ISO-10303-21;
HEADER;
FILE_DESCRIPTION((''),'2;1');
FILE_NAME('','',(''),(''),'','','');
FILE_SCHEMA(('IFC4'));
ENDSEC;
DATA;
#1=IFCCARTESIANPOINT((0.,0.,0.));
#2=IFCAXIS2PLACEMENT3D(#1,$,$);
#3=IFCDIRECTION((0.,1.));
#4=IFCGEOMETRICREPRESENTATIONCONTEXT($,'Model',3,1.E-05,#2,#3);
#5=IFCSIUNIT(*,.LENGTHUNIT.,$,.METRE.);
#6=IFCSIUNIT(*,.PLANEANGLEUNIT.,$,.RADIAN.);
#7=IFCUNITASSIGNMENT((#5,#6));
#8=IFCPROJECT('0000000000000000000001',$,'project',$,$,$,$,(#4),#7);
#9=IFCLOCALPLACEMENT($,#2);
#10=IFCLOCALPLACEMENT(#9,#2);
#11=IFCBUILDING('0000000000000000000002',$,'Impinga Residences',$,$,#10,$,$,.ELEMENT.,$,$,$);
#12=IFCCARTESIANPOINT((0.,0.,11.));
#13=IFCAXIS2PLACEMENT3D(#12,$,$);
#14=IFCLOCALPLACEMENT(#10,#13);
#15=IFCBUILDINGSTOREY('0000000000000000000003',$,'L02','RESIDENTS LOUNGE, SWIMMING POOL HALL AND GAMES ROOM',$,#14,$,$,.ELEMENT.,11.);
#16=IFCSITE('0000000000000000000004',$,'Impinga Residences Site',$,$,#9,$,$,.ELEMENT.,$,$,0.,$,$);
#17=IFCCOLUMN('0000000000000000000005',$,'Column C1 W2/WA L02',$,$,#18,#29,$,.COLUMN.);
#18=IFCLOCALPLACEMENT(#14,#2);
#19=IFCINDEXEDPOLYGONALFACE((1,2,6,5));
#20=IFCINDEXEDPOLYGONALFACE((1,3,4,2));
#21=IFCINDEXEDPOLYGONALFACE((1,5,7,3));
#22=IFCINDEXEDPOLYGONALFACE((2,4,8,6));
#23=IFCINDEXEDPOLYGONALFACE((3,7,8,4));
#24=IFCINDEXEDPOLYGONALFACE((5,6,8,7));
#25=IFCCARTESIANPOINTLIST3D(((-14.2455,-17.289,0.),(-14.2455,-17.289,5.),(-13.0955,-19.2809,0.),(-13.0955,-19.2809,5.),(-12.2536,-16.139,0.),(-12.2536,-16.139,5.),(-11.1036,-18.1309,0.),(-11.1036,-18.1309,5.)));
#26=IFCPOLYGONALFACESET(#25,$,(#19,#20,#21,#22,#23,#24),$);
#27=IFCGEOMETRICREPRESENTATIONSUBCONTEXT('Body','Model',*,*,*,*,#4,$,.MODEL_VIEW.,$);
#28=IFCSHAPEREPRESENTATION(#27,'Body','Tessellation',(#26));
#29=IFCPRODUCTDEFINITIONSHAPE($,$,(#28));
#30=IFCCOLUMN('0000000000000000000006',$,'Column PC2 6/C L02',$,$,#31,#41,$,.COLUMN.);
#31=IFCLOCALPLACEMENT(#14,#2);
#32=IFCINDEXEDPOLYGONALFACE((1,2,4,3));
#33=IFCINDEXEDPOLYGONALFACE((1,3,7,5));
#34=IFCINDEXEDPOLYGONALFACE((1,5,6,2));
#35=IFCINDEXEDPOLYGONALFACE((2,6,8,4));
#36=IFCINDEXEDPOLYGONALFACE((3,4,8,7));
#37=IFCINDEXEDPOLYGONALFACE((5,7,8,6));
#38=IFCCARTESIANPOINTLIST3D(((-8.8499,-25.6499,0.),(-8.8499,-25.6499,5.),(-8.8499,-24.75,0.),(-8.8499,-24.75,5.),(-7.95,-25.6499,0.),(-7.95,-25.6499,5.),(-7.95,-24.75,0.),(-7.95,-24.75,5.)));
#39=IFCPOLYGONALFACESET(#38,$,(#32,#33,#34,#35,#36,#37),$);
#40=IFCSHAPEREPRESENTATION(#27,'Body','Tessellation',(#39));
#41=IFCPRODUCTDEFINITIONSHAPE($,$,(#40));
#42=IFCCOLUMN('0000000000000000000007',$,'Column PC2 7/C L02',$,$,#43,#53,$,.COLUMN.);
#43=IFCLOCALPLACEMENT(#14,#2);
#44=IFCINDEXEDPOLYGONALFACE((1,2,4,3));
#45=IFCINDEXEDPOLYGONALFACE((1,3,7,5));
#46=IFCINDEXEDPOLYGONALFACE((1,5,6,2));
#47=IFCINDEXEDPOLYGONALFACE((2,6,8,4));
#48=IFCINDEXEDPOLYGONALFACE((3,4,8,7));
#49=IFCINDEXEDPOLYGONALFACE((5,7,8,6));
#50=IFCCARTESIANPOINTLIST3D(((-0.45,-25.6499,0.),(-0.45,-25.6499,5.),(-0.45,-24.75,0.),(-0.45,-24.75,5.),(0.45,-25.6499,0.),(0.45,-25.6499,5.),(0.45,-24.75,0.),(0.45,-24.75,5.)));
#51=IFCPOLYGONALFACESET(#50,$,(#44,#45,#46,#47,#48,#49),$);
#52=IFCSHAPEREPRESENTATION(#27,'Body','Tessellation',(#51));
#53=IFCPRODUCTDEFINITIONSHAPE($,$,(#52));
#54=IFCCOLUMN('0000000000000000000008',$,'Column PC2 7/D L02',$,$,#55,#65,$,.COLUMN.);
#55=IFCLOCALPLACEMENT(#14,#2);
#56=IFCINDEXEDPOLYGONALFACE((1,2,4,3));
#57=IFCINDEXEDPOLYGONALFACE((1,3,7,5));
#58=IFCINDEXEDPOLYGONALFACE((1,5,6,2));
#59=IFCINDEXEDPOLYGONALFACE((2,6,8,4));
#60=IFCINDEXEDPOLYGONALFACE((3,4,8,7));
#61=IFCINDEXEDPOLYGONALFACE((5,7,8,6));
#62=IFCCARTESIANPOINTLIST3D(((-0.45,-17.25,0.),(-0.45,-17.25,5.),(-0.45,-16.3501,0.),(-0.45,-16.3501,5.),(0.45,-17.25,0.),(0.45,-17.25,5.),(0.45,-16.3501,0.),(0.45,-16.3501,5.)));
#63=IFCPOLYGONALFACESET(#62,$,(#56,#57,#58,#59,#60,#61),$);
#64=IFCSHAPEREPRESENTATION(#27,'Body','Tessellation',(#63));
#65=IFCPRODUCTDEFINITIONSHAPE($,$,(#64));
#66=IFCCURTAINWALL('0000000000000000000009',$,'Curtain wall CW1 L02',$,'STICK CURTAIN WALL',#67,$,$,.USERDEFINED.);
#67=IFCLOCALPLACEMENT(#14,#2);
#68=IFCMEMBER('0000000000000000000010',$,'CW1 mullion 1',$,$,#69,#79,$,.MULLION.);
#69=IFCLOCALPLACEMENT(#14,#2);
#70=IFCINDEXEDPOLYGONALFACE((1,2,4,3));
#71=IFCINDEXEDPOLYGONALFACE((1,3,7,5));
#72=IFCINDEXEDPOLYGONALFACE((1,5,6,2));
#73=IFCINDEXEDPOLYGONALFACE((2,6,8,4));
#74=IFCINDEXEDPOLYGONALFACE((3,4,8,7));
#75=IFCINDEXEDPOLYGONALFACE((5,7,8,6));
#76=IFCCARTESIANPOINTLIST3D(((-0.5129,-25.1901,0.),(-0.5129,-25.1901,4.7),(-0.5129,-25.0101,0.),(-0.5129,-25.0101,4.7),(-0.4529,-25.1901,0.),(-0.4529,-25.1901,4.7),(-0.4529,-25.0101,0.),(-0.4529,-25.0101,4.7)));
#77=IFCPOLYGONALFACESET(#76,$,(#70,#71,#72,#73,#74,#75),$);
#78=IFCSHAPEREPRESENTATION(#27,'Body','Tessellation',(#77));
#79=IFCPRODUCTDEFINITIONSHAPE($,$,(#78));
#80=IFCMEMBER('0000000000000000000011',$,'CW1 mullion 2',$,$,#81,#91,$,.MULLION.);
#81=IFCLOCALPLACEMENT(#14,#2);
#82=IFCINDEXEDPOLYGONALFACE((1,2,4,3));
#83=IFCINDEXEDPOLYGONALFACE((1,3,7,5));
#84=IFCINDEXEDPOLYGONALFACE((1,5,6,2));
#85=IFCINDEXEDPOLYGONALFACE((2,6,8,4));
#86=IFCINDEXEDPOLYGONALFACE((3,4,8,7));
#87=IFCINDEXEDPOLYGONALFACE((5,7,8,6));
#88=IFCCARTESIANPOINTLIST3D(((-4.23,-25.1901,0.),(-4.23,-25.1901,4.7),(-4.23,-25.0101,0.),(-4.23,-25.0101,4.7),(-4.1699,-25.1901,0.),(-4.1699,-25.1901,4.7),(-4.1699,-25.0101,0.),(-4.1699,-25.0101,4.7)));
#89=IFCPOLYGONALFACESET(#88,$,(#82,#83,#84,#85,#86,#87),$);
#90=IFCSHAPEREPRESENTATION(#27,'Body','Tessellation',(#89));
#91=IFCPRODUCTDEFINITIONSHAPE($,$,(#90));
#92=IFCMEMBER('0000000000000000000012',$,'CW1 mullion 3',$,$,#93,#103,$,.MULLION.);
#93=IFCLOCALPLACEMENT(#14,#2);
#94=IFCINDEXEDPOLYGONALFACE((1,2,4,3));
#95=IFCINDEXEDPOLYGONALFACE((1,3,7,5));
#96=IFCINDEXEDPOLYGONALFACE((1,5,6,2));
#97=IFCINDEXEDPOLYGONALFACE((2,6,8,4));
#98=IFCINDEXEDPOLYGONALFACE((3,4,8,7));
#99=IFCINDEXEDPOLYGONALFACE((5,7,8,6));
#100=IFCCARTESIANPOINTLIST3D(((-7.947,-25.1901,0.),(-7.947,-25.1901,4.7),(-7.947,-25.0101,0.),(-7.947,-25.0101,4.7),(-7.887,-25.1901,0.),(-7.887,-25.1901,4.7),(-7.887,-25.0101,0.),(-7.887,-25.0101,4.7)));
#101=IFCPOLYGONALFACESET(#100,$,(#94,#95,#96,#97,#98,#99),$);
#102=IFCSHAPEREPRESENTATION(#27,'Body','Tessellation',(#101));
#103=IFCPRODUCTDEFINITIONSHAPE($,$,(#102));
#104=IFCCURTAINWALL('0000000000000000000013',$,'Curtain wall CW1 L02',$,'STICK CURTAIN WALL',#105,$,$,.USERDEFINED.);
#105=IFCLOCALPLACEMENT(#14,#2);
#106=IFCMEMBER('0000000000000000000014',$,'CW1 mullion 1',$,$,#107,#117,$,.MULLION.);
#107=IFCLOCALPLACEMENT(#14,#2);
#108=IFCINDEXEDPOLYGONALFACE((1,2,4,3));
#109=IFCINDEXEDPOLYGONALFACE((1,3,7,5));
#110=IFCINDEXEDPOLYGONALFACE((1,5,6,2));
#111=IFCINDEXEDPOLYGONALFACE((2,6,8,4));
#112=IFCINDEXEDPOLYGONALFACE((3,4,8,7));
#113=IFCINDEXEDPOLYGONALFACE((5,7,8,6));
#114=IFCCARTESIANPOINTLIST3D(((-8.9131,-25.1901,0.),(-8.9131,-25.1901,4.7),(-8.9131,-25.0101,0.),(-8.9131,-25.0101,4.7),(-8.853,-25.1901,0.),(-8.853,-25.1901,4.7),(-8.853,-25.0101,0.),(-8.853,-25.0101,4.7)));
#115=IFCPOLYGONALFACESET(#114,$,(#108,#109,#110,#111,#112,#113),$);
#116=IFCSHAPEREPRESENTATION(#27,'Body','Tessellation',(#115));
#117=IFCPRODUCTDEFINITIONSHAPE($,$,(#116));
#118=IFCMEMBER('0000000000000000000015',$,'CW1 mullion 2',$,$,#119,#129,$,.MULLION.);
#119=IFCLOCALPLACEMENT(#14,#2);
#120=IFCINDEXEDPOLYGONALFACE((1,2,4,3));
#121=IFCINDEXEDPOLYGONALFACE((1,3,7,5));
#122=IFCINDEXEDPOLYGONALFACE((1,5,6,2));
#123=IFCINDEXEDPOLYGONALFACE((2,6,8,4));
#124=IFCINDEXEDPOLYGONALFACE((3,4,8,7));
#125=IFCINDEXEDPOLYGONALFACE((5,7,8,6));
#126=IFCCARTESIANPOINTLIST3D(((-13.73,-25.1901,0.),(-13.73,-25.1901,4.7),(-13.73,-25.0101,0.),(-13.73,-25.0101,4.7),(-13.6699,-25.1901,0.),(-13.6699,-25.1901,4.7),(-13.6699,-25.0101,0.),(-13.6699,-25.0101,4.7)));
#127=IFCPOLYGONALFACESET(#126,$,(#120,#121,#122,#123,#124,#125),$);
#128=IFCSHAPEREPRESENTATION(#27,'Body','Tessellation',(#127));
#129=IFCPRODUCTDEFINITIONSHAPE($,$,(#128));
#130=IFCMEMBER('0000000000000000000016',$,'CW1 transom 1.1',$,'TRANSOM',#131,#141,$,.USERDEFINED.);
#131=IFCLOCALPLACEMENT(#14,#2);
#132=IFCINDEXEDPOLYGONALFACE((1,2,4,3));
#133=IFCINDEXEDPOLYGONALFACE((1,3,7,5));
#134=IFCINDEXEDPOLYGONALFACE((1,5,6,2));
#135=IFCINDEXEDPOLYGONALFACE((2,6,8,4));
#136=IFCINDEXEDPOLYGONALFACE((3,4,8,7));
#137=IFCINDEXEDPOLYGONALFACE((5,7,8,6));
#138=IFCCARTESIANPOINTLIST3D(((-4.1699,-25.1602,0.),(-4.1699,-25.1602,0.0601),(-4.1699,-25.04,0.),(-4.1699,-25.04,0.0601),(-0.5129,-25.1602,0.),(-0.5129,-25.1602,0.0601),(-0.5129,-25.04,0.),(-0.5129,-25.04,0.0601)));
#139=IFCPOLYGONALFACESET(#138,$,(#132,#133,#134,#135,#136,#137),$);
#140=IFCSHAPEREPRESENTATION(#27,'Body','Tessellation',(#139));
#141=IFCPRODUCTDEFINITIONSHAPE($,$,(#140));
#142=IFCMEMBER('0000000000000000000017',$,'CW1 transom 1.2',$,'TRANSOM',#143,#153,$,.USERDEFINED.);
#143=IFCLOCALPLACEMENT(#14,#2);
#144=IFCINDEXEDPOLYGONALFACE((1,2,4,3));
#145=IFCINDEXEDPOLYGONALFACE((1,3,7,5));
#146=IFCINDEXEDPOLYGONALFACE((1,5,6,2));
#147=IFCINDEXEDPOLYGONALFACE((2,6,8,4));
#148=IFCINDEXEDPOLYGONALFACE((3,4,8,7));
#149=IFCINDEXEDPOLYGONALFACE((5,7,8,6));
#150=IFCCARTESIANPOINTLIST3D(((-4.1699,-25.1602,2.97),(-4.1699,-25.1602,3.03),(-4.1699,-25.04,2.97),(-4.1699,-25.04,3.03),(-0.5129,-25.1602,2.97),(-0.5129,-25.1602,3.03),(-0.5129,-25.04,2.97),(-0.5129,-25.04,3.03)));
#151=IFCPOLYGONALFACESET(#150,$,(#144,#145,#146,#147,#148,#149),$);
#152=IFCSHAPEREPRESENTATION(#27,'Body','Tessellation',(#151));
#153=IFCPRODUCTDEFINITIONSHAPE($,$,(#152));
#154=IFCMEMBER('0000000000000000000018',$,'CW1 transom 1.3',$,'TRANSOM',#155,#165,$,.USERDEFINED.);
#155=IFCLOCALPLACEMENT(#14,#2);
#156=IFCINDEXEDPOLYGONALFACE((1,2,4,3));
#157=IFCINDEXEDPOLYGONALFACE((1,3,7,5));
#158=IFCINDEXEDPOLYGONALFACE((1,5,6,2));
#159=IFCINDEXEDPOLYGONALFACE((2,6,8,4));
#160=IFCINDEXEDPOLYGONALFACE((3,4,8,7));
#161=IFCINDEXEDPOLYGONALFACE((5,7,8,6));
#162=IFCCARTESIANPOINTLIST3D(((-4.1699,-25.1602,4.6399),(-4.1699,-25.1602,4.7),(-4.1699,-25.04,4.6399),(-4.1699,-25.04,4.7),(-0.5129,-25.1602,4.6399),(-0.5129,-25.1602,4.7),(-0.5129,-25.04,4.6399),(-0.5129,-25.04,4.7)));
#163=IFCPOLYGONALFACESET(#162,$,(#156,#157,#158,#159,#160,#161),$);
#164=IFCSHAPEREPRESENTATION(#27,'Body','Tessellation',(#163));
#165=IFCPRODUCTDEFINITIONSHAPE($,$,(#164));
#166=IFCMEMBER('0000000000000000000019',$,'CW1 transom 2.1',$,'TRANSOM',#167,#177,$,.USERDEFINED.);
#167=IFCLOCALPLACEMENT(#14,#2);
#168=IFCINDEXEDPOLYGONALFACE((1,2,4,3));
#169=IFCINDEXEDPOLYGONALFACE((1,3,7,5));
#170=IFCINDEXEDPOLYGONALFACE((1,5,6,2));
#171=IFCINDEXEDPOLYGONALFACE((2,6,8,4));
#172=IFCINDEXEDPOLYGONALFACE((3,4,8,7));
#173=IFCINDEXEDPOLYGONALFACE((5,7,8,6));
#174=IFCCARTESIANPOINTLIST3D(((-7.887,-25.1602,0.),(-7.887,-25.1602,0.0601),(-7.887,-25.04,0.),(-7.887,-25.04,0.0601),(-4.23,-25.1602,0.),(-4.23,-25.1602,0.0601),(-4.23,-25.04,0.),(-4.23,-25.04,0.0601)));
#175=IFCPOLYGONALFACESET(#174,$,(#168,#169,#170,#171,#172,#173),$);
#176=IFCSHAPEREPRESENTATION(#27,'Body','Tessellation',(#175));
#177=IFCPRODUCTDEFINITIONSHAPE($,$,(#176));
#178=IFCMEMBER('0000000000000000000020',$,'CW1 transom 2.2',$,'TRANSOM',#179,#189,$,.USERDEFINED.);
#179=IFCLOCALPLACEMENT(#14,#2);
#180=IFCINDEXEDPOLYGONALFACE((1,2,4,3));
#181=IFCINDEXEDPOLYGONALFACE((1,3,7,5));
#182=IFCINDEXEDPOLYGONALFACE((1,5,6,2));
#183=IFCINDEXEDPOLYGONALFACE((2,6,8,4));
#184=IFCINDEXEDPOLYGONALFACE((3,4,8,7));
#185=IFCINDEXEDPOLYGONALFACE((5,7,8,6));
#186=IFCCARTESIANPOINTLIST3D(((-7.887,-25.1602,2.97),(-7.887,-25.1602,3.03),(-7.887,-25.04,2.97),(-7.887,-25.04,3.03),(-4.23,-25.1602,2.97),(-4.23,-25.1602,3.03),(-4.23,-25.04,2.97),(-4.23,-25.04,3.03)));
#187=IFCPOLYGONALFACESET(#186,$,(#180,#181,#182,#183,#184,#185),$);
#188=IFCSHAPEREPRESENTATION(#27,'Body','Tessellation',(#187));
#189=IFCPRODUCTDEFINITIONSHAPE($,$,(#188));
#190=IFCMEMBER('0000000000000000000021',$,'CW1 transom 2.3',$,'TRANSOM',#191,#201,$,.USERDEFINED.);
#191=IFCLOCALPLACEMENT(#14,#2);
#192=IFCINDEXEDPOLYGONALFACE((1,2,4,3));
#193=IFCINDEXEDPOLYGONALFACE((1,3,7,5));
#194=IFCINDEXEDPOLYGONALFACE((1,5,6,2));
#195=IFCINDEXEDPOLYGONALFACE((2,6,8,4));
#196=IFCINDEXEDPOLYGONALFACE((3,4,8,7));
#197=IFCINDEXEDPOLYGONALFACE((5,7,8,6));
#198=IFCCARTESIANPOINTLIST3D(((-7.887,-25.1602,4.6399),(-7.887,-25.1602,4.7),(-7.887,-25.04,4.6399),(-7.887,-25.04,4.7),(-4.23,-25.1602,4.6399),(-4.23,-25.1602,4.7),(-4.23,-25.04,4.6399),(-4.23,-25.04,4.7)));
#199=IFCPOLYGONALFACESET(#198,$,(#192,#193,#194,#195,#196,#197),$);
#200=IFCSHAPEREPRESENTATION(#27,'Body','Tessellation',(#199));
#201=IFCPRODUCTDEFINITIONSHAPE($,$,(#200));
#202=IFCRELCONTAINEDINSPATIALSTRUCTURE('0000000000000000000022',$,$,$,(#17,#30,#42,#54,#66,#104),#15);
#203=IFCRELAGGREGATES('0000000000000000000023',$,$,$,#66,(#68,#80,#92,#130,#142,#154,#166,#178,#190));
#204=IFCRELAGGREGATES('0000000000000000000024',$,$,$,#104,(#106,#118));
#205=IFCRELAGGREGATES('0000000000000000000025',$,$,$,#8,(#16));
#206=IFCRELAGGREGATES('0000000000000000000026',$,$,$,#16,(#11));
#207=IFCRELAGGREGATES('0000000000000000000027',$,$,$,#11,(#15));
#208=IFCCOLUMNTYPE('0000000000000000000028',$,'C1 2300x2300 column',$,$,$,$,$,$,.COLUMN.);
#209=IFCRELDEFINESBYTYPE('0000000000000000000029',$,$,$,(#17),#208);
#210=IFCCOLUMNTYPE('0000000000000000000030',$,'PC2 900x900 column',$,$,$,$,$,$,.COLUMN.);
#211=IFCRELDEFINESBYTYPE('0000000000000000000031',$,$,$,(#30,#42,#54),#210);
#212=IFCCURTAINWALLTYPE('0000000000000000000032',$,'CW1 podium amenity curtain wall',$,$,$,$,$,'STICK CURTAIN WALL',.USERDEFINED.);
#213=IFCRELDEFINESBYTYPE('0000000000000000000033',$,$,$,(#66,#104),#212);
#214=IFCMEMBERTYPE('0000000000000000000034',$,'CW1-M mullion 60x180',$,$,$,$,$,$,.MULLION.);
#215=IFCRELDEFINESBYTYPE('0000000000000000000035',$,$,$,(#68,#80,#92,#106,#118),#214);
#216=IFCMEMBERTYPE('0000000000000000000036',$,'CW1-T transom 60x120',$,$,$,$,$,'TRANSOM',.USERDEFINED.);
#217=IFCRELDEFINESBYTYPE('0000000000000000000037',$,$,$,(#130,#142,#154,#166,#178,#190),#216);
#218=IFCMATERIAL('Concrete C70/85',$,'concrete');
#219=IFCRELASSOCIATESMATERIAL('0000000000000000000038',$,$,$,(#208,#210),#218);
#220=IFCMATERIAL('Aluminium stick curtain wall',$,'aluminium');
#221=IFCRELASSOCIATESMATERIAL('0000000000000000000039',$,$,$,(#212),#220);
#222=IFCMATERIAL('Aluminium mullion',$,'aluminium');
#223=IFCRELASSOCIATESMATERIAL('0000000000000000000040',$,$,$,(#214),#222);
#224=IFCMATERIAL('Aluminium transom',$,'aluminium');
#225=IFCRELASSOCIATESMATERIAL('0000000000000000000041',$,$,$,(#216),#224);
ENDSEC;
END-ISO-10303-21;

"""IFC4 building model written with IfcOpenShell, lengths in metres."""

from ifc_helpers import new_model, si_unit, direction, frame, origin, origin_2d, place, context, subcontext, project, spatial, rectangle, extrude, material, material_profile, profile_set, type_object, element, aggregate, save


model = new_model("IFC4")

# Units and contexts
model_context = context("Model", 3, precision=1e-05, world=origin(), true_north=direction((0.0, 1.0)))
body_context = subcontext(model_context, "Body", "Model", "MODEL_VIEW")
ifc_project = project(units=[si_unit("LENGTHUNIT", "METRE"), si_unit("PLANEANGLEUNIT", "RADIAN")], contexts=[model_context])

# Site, building, storey
site_placement = place(None, origin())
site = spatial("IfcSite", under=ifc_project, at=site_placement, Name="Impinga Residences Site", CompositionType="ELEMENT", RefElevation=0.0)
building_placement = place(site_placement, origin())
building = spatial("IfcBuilding", under=site, at=building_placement, Name="Impinga Residences", CompositionType="ELEMENT")
storey_placement = place(building_placement, frame((0.0, 0.0, 11.0)))
storey = spatial("IfcBuildingStorey", under=building, at=storey_placement, Name="L02", Description="RESIDENTS LOUNGE, SWIMMING POOL HALL AND GAMES ROOM", CompositionType="ELEMENT", Elevation=11.0)

# Columns
ifc_material_1 = material(Name="Concrete C70/85", Category="concrete")
ifc_material_profile_1 = material_profile(ifc_material_1, rectangle(XDim=2.3, YDim=2.3, at=origin_2d()), Name="RC 2300x2300")
ifc_profile_set_1 = profile_set([ifc_material_profile_1], Name="Concrete C70/85")
column_type_1 = type_object("IfcColumnType", Name="C1 2300x2300 column", PredefinedType="COLUMN", material=ifc_profile_set_1)
column_placement = place(storey_placement, frame((-12.6746, -17.71, 0.0), z_axis=(0.0, 0.0, 1.0), x_axis=(-0.5, 0.866025, 0.0)))
element("IfcColumn", 1, at=column_placement, inside=storey, type_object=column_type_1, Name="Column C1 W2/WA L02", PredefinedType="COLUMN", context=body_context, shape_type="SweptSolid", body=[
    extrude(rectangle(XDim=2.3, YDim=2.3, at=origin_2d()), origin(), (0.0, 0.0, 1.0), 5.0),
])
ifc_material_profile_2 = material_profile(ifc_material_1, rectangle(XDim=0.8999, YDim=0.8999, at=origin_2d()), Name="RC 900x900")
ifc_profile_set_2 = profile_set([ifc_material_profile_2], Name="Concrete C70/85")
column_type_2 = type_object("IfcColumnType", Name="PC2 900x900 column", PredefinedType="COLUMN", material=ifc_profile_set_2)
for number, where, z_axis, x_axis, name in (
    (2, (-8.3999, -25.2, 0.0), (0.0, 0.0, 1.0), (1.0, 0.0, 0.0), "Column PC2 6/C L02"),
    (3, (0.0, -25.2, 0.0), (0.0, 0.0, 1.0), (1.0, 0.0, 0.0), "Column PC2 7/C L02"),
    (4, (0.0, -16.8, 0.0), (0.0, 0.0, 1.0), (1.0, 0.0, 0.0), "Column PC2 7/D L02"),
):
    element("IfcColumn", number, at=place(storey_placement, frame(where, z_axis=z_axis, x_axis=x_axis)), inside=storey, type_object=column_type_2, Name=name, PredefinedType="COLUMN", context=body_context, shape_type="SweptSolid", body=[
        extrude(rectangle(XDim=0.8999, YDim=0.8999, at=origin_2d()), origin(), (0.0, 0.0, 1.0), 5.0),
    ])

# Curtain walls, members
ifc_material_2 = material(Name="Aluminium stick curtain wall", Category="aluminium")
curtain_wall_type = type_object("IfcCurtainWallType", Name="CW1 podium amenity curtain wall", ElementType="STICK CURTAIN WALL", PredefinedType="USERDEFINED", material=ifc_material_2)
curtain_wall_1_placement = place(storey_placement, origin())
curtain_wall_1 = element("IfcCurtainWall", 5, at=curtain_wall_1_placement, inside=storey, type_object=curtain_wall_type, Name="Curtain wall CW1 L02", ObjectType="STICK CURTAIN WALL", PredefinedType="USERDEFINED")
ifc_material_3 = material(Name="Aluminium mullion", Category="aluminium")
ifc_material_profile_3 = material_profile(ifc_material_3, rectangle(XDim=0.0601, YDim=0.1799, at=origin_2d()), Name="60x180 mullion")
ifc_profile_set_3 = profile_set([ifc_material_profile_3], Name="Aluminium mullion")
member_type_1 = type_object("IfcMemberType", Name="CW1-M mullion 60x180", PredefinedType="MULLION", material=ifc_profile_set_3)
member_1_placement = place(storey_placement, frame((-0.4829, -25.1001, 0.0), z_axis=(0.0, 0.0, 1.0), x_axis=(-1.0, 0.0, 0.0)))
member_1 = element("IfcMember", 6, at=member_1_placement, type_object=member_type_1, Name="CW1 mullion 1", PredefinedType="MULLION", context=body_context, shape_type="SweptSolid", body=[
    extrude(rectangle(XDim=0.0601, YDim=0.1799, at=origin_2d()), origin(), (0.0, 0.0, 1.0), 4.7),
])
member_2_placement = place(storey_placement, frame((-4.2, -25.1001, 0.0), z_axis=(0.0, 0.0, 1.0), x_axis=(-1.0, 0.0, 0.0)))
member_2 = element("IfcMember", 7, at=member_2_placement, type_object=member_type_1, Name="CW1 mullion 2", PredefinedType="MULLION", context=body_context, shape_type="SweptSolid", body=[
    extrude(rectangle(XDim=0.0601, YDim=0.1799, at=origin_2d()), origin(), (0.0, 0.0, 1.0), 4.7),
])
member_3_placement = place(storey_placement, frame((-7.917, -25.1001, 0.0), z_axis=(0.0, 0.0, 1.0), x_axis=(-1.0, 0.0, 0.0)))
member_3 = element("IfcMember", 8, at=member_3_placement, type_object=member_type_1, Name="CW1 mullion 3", PredefinedType="MULLION", context=body_context, shape_type="SweptSolid", body=[
    extrude(rectangle(XDim=0.0601, YDim=0.1799, at=origin_2d()), origin(), (0.0, 0.0, 1.0), 4.7),
])
curtain_wall_2_placement = place(storey_placement, origin())
curtain_wall_2 = element("IfcCurtainWall", 9, at=curtain_wall_2_placement, inside=storey, type_object=curtain_wall_type, Name="Curtain wall CW1 L02", ObjectType="STICK CURTAIN WALL", PredefinedType="USERDEFINED")
member_4_placement = place(storey_placement, frame((-8.8831, -25.1001, 0.0), z_axis=(0.0, 0.0, 1.0), x_axis=(-1.0, 0.0, 0.0)))
member_4 = element("IfcMember", 10, at=member_4_placement, type_object=member_type_1, Name="CW1 mullion 1", PredefinedType="MULLION", context=body_context, shape_type="SweptSolid", body=[
    extrude(rectangle(XDim=0.0601, YDim=0.1799, at=origin_2d()), origin(), (0.0, 0.0, 1.0), 4.7),
])
member_5_placement = place(storey_placement, frame((-13.7, -25.1001, 0.0), z_axis=(0.0, 0.0, 1.0), x_axis=(-1.0, 0.0, 0.0)))
member_5 = element("IfcMember", 11, at=member_5_placement, type_object=member_type_1, Name="CW1 mullion 2", PredefinedType="MULLION", context=body_context, shape_type="SweptSolid", body=[
    extrude(rectangle(XDim=0.0601, YDim=0.1799, at=origin_2d()), origin(), (0.0, 0.0, 1.0), 4.7),
])

# Members
ifc_material_4 = material(Name="Aluminium transom", Category="aluminium")
ifc_material_profile_4 = material_profile(ifc_material_4, rectangle(XDim=0.0601, YDim=0.1201, at=origin_2d()), Name="60x120 transom")
ifc_profile_set_4 = profile_set([ifc_material_profile_4], Name="Aluminium transom")
member_type_2 = type_object("IfcMemberType", Name="CW1-T transom 60x120", ElementType="TRANSOM", PredefinedType="USERDEFINED", material=ifc_profile_set_4)
member_6_placement = place(storey_placement, frame((-0.5129, -25.1001, 0.03), z_axis=(-1.0, 0.0, 0.0), x_axis=(0.0, 0.0, 1.0)))
member_6 = element("IfcMember", 12, at=member_6_placement, type_object=member_type_2, Name="CW1 transom 1.1", ObjectType="TRANSOM", PredefinedType="USERDEFINED", context=body_context, shape_type="SweptSolid", body=[
    extrude(rectangle(XDim=0.0601, YDim=0.1201, at=origin_2d()), origin(), (0.0, 0.0, 1.0), 3.657),
])
member_7_placement = place(storey_placement, frame((-0.5129, -25.1001, 3.0), z_axis=(-1.0, 0.0, 0.0), x_axis=(0.0, 0.0, 1.0)))
member_7 = element("IfcMember", 13, at=member_7_placement, type_object=member_type_2, Name="CW1 transom 1.2", ObjectType="TRANSOM", PredefinedType="USERDEFINED", context=body_context, shape_type="SweptSolid", body=[
    extrude(rectangle(XDim=0.0601, YDim=0.1201, at=origin_2d()), origin(), (0.0, 0.0, 1.0), 3.657),
])
member_8_placement = place(storey_placement, frame((-0.5129, -25.1001, 4.6699), z_axis=(-1.0, 0.0, 0.0), x_axis=(0.0, 0.0, 1.0)))
member_8 = element("IfcMember", 14, at=member_8_placement, type_object=member_type_2, Name="CW1 transom 1.3", ObjectType="TRANSOM", PredefinedType="USERDEFINED", context=body_context, shape_type="SweptSolid", body=[
    extrude(rectangle(XDim=0.0601, YDim=0.1201, at=origin_2d()), origin(), (0.0, 0.0, 1.0), 3.657),
])
member_9_placement = place(storey_placement, frame((-4.23, -25.1001, 0.03), z_axis=(-1.0, 0.0, 0.0), x_axis=(0.0, 0.0, 1.0)))
member_9 = element("IfcMember", 15, at=member_9_placement, type_object=member_type_2, Name="CW1 transom 2.1", ObjectType="TRANSOM", PredefinedType="USERDEFINED", context=body_context, shape_type="SweptSolid", body=[
    extrude(rectangle(XDim=0.0601, YDim=0.1201, at=origin_2d()), origin(), (0.0, 0.0, 1.0), 3.657),
])
member_10_placement = place(storey_placement, frame((-4.23, -25.1001, 3.0), z_axis=(-1.0, 0.0, 0.0), x_axis=(0.0, 0.0, 1.0)))
member_10 = element("IfcMember", 16, at=member_10_placement, type_object=member_type_2, Name="CW1 transom 2.2", ObjectType="TRANSOM", PredefinedType="USERDEFINED", context=body_context, shape_type="SweptSolid", body=[
    extrude(rectangle(XDim=0.0601, YDim=0.1201, at=origin_2d()), origin(), (0.0, 0.0, 1.0), 3.657),
])
member_11_placement = place(storey_placement, frame((-4.23, -25.1001, 4.6699), z_axis=(-1.0, 0.0, 0.0), x_axis=(0.0, 0.0, 1.0)))
member_11 = element("IfcMember", 17, at=member_11_placement, type_object=member_type_2, Name="CW1 transom 2.3", ObjectType="TRANSOM", PredefinedType="USERDEFINED", context=body_context, shape_type="SweptSolid", body=[
    extrude(rectangle(XDim=0.0601, YDim=0.1201, at=origin_2d()), origin(), (0.0, 0.0, 1.0), 3.657),
])

aggregate(curtain_wall_1, [member_1, member_2, member_3, member_6, member_7, member_8, member_9, member_10, member_11])
aggregate(curtain_wall_2, [member_4, member_5])

save(model, "model.ifc")
